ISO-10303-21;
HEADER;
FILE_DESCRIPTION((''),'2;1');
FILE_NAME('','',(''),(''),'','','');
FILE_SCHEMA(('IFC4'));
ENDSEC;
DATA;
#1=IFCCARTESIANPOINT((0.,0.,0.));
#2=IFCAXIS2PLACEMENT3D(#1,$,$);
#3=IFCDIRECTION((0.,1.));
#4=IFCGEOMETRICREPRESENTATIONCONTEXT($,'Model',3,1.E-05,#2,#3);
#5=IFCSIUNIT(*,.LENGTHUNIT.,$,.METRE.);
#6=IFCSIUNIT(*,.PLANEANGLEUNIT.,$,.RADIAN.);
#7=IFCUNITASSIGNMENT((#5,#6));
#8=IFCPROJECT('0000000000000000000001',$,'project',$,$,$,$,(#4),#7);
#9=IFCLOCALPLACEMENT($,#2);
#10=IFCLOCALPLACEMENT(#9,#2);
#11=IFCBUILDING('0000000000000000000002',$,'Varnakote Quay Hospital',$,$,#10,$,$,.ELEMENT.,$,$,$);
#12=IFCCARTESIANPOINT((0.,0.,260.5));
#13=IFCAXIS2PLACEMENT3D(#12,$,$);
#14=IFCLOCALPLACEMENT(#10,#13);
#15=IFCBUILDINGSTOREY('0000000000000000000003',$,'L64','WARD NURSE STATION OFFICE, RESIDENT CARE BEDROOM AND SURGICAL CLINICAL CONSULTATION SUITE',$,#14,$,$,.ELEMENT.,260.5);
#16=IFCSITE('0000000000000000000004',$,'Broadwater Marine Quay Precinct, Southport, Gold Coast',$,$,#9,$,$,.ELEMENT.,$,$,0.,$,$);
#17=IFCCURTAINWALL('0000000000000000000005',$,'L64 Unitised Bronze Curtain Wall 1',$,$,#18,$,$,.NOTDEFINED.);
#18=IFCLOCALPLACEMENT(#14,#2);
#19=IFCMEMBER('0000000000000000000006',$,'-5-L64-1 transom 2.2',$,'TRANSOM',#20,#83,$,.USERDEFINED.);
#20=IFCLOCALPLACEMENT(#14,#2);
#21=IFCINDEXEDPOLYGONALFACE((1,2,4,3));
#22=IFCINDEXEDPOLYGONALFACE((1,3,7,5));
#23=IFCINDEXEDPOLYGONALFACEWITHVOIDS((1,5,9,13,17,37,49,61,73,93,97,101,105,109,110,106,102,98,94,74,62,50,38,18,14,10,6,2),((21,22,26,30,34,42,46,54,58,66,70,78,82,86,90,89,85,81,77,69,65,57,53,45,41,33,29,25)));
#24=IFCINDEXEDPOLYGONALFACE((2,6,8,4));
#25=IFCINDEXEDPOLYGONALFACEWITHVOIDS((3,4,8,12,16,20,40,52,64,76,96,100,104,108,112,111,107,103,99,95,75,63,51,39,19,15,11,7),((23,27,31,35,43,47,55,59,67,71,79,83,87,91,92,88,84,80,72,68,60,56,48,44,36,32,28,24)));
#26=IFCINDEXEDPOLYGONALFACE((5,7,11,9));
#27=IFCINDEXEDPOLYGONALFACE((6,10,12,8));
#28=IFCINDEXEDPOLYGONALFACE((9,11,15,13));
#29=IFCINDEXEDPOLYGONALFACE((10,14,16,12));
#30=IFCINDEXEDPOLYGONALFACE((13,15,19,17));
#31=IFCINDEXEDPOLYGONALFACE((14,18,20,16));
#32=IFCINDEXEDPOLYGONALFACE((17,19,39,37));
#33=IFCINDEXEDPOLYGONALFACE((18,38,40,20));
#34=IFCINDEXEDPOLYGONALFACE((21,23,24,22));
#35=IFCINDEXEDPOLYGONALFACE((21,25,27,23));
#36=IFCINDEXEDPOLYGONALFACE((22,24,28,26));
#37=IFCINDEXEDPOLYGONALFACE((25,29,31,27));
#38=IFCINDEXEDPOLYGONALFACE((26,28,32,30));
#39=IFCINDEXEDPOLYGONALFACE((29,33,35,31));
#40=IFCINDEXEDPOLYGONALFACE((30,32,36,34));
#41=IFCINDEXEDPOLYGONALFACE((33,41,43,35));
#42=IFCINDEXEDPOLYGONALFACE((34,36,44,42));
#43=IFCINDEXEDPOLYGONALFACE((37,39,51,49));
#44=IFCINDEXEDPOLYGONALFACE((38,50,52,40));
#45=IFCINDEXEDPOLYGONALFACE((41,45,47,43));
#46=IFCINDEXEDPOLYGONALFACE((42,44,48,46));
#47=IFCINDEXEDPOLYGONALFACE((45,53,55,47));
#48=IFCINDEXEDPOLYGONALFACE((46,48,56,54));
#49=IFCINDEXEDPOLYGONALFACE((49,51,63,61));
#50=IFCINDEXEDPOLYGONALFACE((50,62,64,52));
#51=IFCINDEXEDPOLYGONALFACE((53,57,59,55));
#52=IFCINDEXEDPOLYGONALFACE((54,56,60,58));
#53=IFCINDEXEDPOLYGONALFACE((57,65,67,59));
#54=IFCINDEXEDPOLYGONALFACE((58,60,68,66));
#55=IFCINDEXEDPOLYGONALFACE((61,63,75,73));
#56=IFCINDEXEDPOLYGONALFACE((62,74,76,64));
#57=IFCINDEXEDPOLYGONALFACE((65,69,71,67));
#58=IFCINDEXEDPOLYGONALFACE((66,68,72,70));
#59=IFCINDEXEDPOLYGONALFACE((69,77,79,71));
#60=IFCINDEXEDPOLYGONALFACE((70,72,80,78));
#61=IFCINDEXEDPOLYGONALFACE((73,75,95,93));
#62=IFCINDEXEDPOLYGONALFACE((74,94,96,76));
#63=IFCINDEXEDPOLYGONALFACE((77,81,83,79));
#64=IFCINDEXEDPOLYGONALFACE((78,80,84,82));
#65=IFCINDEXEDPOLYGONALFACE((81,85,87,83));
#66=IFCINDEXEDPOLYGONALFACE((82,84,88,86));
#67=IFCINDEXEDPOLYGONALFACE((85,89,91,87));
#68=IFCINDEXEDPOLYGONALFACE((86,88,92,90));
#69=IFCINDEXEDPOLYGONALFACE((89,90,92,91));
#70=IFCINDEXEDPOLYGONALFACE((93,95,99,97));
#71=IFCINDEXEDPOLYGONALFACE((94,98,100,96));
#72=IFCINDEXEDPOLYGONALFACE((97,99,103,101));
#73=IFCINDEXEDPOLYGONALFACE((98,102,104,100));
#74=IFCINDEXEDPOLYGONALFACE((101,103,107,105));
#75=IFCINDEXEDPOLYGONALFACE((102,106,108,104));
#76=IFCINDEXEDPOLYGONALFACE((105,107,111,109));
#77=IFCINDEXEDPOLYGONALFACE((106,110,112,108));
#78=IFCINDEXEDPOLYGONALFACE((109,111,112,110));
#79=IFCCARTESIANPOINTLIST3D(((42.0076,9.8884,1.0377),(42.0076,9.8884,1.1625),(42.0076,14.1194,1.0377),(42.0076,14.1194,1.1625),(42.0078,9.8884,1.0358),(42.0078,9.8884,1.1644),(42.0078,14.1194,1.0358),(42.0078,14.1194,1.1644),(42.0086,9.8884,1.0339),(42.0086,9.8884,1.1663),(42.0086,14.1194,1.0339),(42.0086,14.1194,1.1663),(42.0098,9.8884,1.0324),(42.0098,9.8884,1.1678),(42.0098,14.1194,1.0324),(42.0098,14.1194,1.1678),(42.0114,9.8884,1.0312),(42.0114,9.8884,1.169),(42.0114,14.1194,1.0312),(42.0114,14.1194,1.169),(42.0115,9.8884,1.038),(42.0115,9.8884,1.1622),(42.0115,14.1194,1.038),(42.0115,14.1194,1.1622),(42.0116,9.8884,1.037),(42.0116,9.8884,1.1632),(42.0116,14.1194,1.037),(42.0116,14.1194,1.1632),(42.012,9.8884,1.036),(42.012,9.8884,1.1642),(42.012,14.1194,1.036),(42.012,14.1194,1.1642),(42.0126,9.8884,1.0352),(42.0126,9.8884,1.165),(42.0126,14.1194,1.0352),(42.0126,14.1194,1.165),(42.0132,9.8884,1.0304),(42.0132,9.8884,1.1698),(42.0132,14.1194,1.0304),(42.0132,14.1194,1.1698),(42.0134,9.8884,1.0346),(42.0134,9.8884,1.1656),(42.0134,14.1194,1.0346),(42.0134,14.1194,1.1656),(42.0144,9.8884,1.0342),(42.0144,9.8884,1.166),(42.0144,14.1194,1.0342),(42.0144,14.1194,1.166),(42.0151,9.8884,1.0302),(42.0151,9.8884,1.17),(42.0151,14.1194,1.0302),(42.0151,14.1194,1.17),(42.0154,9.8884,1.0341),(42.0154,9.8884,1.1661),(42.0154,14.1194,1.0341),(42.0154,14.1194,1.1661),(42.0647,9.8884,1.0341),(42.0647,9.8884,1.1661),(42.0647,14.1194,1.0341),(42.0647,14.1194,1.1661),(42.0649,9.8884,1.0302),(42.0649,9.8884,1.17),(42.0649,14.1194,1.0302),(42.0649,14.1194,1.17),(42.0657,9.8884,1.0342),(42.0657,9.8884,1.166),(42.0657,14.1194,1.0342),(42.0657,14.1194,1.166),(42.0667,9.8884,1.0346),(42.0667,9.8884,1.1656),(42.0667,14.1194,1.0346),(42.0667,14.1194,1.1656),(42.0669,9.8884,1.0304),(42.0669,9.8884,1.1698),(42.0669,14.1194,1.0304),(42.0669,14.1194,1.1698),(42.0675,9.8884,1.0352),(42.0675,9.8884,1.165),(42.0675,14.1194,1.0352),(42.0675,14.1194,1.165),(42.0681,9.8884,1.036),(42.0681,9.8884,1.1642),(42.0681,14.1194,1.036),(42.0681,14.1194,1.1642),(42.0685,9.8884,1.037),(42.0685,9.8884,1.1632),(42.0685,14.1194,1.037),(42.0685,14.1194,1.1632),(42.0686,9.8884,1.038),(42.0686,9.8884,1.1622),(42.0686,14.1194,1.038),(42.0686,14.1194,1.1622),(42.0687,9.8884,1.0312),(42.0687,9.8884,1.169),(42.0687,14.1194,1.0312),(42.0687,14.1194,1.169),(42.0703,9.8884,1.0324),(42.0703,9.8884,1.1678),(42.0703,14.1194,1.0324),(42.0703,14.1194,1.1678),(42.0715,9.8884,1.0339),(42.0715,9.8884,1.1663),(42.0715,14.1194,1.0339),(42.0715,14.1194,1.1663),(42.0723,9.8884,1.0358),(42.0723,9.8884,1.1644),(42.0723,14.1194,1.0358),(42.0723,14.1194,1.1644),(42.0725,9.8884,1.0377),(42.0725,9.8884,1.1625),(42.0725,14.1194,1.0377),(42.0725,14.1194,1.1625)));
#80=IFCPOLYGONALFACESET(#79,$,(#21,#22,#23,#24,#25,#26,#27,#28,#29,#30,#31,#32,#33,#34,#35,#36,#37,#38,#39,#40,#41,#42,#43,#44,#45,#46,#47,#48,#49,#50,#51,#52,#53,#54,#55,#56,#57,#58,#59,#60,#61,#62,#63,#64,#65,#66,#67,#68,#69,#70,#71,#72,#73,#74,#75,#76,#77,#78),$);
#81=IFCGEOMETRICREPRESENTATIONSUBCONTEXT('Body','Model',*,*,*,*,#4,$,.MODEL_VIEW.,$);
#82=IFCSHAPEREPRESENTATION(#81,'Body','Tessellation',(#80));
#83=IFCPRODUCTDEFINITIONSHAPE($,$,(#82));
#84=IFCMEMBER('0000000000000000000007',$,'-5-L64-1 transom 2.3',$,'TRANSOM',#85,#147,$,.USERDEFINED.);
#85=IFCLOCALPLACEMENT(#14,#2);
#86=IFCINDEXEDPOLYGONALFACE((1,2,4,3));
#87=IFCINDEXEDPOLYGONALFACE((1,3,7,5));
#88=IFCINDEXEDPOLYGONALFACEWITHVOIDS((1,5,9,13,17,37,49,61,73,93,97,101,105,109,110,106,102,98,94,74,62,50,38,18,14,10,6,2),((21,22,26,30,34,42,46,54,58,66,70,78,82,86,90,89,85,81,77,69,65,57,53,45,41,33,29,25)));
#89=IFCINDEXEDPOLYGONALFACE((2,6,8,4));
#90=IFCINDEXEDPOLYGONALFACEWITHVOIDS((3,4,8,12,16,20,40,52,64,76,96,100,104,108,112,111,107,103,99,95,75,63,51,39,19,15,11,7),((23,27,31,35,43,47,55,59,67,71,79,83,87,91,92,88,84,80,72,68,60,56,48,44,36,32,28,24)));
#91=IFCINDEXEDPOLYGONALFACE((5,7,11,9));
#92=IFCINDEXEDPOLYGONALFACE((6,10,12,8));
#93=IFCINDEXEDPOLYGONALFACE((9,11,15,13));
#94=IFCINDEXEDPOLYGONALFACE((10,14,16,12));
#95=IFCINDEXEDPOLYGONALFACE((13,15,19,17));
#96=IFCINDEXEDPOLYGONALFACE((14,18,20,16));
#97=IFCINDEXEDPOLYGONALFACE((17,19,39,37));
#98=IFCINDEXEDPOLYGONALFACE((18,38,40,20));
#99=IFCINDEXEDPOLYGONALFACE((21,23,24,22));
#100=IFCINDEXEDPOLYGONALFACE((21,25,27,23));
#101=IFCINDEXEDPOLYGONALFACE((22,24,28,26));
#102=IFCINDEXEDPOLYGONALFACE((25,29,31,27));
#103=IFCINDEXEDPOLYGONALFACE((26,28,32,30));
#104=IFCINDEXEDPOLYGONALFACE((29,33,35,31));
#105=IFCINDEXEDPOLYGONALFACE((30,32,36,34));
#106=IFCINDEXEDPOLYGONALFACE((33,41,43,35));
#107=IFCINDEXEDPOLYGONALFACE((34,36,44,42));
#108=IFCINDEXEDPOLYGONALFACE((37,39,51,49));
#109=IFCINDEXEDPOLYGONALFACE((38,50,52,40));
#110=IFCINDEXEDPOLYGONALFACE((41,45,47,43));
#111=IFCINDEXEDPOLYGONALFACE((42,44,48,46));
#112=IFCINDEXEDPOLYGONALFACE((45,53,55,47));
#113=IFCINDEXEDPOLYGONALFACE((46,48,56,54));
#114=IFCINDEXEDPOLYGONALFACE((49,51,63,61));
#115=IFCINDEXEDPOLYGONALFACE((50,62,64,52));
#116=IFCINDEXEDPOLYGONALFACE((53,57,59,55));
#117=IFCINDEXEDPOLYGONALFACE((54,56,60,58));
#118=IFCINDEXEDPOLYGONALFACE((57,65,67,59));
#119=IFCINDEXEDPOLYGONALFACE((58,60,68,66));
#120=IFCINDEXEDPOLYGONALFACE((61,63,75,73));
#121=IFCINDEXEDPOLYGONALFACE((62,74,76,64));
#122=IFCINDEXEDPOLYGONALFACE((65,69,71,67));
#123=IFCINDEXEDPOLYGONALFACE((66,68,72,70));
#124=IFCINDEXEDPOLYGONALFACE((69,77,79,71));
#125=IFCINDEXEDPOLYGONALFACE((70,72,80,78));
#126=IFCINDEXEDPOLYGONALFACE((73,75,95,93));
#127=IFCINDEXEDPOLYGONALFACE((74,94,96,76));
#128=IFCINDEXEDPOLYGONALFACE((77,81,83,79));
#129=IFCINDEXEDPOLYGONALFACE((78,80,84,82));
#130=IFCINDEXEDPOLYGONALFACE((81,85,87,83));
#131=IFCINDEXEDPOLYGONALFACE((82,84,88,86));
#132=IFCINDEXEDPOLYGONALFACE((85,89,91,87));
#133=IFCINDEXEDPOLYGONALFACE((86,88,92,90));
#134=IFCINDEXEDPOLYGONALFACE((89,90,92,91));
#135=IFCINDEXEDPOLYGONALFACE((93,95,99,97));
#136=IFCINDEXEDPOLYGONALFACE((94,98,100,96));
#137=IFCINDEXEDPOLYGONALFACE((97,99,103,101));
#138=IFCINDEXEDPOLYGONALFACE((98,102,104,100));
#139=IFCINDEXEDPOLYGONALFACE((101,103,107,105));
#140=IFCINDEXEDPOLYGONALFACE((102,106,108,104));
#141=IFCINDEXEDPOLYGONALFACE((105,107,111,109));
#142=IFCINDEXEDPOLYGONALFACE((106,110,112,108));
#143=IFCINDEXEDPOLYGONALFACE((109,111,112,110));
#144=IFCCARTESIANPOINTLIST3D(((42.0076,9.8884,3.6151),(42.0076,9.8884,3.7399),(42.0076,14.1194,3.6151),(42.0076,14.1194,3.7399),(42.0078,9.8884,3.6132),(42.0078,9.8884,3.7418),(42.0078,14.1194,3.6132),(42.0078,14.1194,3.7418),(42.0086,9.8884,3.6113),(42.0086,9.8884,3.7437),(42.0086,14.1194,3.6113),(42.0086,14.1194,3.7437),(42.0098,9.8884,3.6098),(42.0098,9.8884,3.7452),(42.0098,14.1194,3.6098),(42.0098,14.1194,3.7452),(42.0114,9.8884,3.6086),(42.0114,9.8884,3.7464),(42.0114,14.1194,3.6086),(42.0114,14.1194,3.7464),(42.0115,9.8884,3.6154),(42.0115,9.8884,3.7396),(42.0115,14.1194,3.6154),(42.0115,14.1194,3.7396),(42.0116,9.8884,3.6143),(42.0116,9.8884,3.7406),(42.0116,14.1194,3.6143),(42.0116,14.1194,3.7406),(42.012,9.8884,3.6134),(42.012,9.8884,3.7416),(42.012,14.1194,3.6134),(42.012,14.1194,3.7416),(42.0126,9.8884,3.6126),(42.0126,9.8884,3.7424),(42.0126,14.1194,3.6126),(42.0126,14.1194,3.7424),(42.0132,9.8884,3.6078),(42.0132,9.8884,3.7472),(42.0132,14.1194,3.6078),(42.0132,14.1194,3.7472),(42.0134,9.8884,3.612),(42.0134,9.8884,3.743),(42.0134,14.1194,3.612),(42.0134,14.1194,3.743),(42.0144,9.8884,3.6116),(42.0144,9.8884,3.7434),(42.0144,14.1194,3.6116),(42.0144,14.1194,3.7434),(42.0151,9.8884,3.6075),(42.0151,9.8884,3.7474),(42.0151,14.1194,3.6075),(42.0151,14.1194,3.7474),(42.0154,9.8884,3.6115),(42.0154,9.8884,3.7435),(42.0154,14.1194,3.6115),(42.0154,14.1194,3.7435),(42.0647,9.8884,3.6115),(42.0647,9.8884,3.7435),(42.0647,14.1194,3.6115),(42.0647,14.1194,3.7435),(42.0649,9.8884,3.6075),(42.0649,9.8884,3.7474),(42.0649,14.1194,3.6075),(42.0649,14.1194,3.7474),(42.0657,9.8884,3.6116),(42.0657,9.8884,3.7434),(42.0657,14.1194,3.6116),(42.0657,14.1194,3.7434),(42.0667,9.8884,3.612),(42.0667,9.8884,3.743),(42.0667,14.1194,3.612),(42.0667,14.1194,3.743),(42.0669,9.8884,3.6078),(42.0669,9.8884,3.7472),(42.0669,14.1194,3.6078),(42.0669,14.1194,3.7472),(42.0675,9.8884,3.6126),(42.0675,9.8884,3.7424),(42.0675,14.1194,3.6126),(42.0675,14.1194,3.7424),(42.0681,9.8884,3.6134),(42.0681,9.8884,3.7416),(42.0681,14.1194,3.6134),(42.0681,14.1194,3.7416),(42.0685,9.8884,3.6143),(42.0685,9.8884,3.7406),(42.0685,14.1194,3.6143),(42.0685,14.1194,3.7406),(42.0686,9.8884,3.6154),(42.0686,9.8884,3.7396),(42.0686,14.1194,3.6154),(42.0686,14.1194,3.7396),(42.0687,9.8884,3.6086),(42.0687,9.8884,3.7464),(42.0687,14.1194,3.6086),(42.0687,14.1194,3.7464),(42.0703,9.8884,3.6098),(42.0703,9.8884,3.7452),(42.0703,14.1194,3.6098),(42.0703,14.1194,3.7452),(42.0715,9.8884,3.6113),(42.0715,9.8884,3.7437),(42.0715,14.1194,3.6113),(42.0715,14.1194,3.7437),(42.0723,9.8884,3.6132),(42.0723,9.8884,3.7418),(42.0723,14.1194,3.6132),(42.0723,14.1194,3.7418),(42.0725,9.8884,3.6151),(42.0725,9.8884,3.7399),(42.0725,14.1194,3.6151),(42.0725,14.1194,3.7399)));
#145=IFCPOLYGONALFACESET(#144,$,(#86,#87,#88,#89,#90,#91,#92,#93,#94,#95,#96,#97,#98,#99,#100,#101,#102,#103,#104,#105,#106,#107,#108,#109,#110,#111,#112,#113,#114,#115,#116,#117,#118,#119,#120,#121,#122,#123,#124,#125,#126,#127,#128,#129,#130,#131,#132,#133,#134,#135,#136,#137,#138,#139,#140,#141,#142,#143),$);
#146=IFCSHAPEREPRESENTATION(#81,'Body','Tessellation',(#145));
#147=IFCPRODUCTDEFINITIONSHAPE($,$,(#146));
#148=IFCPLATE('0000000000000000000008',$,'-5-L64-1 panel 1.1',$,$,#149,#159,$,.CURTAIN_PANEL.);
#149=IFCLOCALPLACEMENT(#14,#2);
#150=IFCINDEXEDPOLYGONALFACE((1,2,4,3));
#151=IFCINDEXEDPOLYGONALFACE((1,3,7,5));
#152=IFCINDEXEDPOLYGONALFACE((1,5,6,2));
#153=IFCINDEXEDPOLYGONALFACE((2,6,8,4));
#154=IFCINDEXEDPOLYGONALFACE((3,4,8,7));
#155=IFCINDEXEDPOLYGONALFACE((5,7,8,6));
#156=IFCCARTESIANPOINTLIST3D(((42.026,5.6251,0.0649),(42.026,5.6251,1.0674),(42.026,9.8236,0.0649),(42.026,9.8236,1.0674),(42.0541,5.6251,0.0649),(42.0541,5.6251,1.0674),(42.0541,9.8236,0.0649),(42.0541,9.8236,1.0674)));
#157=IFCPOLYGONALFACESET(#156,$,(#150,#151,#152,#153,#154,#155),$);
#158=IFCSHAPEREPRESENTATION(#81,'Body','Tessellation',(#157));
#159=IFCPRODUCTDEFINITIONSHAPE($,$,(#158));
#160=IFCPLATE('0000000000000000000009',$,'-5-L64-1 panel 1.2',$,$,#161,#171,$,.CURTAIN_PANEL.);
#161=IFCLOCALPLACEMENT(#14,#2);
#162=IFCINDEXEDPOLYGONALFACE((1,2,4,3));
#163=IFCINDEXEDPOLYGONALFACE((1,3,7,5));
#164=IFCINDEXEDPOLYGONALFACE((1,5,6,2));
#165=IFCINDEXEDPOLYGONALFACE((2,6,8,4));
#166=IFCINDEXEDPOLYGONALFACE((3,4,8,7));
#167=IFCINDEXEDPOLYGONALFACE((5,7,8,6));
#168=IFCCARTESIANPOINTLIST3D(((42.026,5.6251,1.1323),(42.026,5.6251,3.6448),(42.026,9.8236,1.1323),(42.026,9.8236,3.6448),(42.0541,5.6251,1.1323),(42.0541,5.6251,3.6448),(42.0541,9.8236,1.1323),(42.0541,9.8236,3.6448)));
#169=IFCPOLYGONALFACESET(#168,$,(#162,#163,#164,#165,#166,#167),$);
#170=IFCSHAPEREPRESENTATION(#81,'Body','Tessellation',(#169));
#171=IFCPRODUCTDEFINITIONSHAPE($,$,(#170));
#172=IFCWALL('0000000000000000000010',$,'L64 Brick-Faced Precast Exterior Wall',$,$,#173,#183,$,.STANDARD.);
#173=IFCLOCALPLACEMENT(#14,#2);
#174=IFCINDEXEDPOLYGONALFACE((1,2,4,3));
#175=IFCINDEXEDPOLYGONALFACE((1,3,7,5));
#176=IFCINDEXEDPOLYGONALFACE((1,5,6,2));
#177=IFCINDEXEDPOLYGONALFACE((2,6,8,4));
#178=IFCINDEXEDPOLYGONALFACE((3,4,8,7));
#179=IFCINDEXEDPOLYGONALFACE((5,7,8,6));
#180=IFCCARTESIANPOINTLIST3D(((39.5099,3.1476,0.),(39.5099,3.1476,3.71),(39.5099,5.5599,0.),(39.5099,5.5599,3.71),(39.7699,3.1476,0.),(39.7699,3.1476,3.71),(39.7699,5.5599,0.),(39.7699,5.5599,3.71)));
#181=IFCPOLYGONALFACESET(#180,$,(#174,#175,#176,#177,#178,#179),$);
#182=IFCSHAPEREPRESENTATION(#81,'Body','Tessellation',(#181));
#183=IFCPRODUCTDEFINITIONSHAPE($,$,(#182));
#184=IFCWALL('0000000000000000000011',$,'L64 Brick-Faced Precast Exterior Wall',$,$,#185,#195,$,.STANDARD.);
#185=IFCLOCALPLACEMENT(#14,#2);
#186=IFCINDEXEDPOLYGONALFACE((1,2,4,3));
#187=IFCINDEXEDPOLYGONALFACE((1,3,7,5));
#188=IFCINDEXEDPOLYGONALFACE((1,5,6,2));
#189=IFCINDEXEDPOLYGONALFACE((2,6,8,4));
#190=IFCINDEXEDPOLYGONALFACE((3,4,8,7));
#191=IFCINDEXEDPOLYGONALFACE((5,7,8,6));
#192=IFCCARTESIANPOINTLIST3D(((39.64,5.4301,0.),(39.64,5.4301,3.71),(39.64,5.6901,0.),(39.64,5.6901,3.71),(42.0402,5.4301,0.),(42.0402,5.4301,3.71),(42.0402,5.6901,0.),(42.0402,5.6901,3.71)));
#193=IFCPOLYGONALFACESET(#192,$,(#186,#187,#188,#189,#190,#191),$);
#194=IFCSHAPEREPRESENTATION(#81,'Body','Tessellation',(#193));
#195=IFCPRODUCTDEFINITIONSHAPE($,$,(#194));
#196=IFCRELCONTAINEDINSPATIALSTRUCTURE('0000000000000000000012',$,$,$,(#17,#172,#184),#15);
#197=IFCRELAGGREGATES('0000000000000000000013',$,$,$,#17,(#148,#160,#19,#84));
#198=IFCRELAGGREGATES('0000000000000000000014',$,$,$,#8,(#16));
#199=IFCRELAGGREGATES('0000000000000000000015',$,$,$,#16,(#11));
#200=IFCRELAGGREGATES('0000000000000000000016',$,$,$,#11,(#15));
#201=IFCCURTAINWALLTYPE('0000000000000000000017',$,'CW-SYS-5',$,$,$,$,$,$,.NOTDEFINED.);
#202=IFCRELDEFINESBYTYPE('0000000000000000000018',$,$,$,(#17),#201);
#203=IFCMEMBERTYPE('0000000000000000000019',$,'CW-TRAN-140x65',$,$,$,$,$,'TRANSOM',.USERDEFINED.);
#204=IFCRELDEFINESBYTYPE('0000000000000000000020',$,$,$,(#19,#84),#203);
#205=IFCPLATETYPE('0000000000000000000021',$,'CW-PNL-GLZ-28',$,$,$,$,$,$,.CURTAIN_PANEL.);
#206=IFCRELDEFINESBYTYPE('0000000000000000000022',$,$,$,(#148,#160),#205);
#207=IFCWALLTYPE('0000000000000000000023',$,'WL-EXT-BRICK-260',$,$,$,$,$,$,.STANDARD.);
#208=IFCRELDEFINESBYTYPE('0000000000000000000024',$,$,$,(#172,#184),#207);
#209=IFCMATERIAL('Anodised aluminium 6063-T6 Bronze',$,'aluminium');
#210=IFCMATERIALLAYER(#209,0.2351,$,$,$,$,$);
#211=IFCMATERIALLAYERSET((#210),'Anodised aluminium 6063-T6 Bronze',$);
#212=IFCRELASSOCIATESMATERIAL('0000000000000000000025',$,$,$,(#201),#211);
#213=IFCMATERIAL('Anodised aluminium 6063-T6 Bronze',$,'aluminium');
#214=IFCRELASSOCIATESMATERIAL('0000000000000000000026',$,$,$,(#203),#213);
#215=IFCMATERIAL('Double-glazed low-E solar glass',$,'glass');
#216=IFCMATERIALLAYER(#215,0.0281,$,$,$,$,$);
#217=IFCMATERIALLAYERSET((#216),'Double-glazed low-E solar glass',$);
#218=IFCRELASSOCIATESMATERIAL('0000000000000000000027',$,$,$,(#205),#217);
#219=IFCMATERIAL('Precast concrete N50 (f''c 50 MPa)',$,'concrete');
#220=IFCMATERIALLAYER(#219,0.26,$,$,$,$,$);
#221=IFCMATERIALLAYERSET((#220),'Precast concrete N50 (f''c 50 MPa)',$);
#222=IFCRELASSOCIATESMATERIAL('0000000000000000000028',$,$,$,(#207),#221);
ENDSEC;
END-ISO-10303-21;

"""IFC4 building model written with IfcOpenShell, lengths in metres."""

from ifc_helpers import new_model, si_unit, direction, frame, frame_2d, origin, origin_2d, place, context, subcontext, project, spatial, rectangle, hollow_rectangle, extrude, material, layer, layer_set, material_profile, profile_set, type_object, element, aggregate, save


model = new_model("IFC4")

# Units and contexts
model_context = context("Model", 3, precision=1e-05, world=origin(), true_north=direction((0.0, 1.0)))
body_context = subcontext(model_context, "Body", "Model", "MODEL_VIEW")
ifc_project = project(units=[si_unit("LENGTHUNIT", "METRE"), si_unit("PLANEANGLEUNIT", "RADIAN")], contexts=[model_context])

# Site, building, storey
site_placement = place(None, origin())
site = spatial("IfcSite", under=ifc_project, at=site_placement, Name="Broadwater Marine Quay Precinct, Southport, Gold Coast", CompositionType="ELEMENT", RefElevation=0.0)
building_placement = place(site_placement, origin())
building = spatial("IfcBuilding", under=site, at=building_placement, Name="Varnakote Quay Hospital", CompositionType="ELEMENT")
storey_placement = place(building_placement, frame((0.0, 0.0, 260.5)))
storey = spatial("IfcBuildingStorey", under=building, at=storey_placement, Name="L64", Description="WARD NURSE STATION OFFICE, RESIDENT CARE BEDROOM AND SURGICAL CLINICAL CONSULTATION SUITE", CompositionType="ELEMENT", Elevation=260.5)

# Curtain wall, members, plates
ifc_material_1 = material(Name="Anodised aluminium 6063-T6 Bronze", Category="aluminium")
ifc_layer_1 = layer(ifc_material_1, 0.2351)
ifc_layer_set_1 = layer_set([ifc_layer_1], Name="Anodised aluminium 6063-T6 Bronze")
curtain_wall_type = type_object("IfcCurtainWallType", Name="CW-SYS-5", PredefinedType="NOTDEFINED", material=ifc_layer_set_1)
curtain_wall_placement = place(storey_placement, origin())
curtain_wall = element("IfcCurtainWall", 1, at=curtain_wall_placement, inside=storey, type_object=curtain_wall_type, Name="L64 Unitised Bronze Curtain Wall 1", PredefinedType="NOTDEFINED")
ifc_material_2 = material(Name="Anodised aluminium 6063-T6 Bronze", Category="aluminium")
ifc_material_profile_1 = material_profile(ifc_material_2, hollow_rectangle(XDim=0.0649, YDim=0.1399, WallThickness=0.0039, InnerFilletRadius=0.0039, OuterFilletRadius=0.0076, at=origin_2d()), Name="CW-TRAN-140x65")
ifc_profile_set_1 = profile_set([ifc_material_profile_1], Name="Anodised aluminium 6063-T6 Bronze")
member_type_1 = type_object("IfcMemberType", Name="CW-TRAN-140x65", ElementType="TRANSOM", PredefinedType="USERDEFINED", material=ifc_profile_set_1)
member_1_placement = place(storey_placement, frame((42.04, 9.8884, 1.1001), z_axis=(0.0, 1.0, 0.0), x_axis=(-1.0, 0.0, 0.0)))
member_1 = element("IfcMember", 2, at=member_1_placement, type_object=member_type_1, Name="-5-L64-1 transom 2.2", ObjectType="TRANSOM", PredefinedType="USERDEFINED", context=body_context, shape_type="SweptSolid", body=[
    extrude(hollow_rectangle(XDim=0.0649, YDim=0.1399, WallThickness=0.0039, InnerFilletRadius=0.0039, OuterFilletRadius=0.0076, at=origin_2d()), origin(), (0.0, 0.0, 1.0), 4.231),
])
member_2_placement = place(storey_placement, frame((42.04, 9.8884, 3.6775), z_axis=(0.0, 1.0, 0.0), x_axis=(-1.0, 0.0, 0.0)))
member_2 = element("IfcMember", 3, at=member_2_placement, type_object=member_type_1, Name="-5-L64-1 transom 2.3", ObjectType="TRANSOM", PredefinedType="USERDEFINED", context=body_context, shape_type="SweptSolid", body=[
    extrude(hollow_rectangle(XDim=0.0649, YDim=0.1399, WallThickness=0.0039, InnerFilletRadius=0.0039, OuterFilletRadius=0.0076, at=origin_2d()), origin(), (0.0, 0.0, 1.0), 4.231),
])
ifc_material_3 = material(Name="Double-glazed low-E solar glass", Category="glass")
ifc_layer_2 = layer(ifc_material_3, 0.0281)
ifc_layer_set_2 = layer_set([ifc_layer_2], Name="Double-glazed low-E solar glass")
plate_type = type_object("IfcPlateType", Name="CW-PNL-GLZ-28", PredefinedType="CURTAIN_PANEL", material=ifc_layer_set_2)
plate_1_placement = place(storey_placement, frame((42.04, 7.7244, 0.0649), z_axis=(0.0, 0.0, 1.0), x_axis=(0.0, 1.0, 0.0)))
plate_1 = element("IfcPlate", 4, at=plate_1_placement, type_object=plate_type, Name="-5-L64-1 panel 1.1", PredefinedType="CURTAIN_PANEL", context=body_context, shape_type="SweptSolid", body=[
    extrude(rectangle(XDim=4.1985, YDim=0.0281, at=origin_2d()), origin(), (0.0, 0.0, 1.0), 1.0024),
])
plate_2_placement = place(storey_placement, frame((42.04, 7.7244, 1.1323), z_axis=(0.0, 0.0, 1.0), x_axis=(0.0, 1.0, 0.0)))
plate_2 = element("IfcPlate", 5, at=plate_2_placement, type_object=plate_type, Name="-5-L64-1 panel 1.2", PredefinedType="CURTAIN_PANEL", context=body_context, shape_type="SweptSolid", body=[
    extrude(rectangle(XDim=4.1985, YDim=0.0281, at=origin_2d()), origin(), (0.0, 0.0, 1.0), 2.5125),
])
aggregate(curtain_wall, [plate_1, plate_2, member_1, member_2])

# Walls
ifc_material_4 = material(Name="Precast concrete N50 (f'c 50 MPa)", Category="concrete")
ifc_layer_3 = layer(ifc_material_4, 0.26)
ifc_layer_set_3 = layer_set([ifc_layer_3], Name="Precast concrete N50 (f'c 50 MPa)")
wall_type_1 = type_object("IfcWallType", Name="WL-EXT-BRICK-260", PredefinedType="STANDARD", material=ifc_layer_set_3)
wall_1_placement = place(storey_placement, frame((39.6399, 3.1477, 0.0), z_axis=(0.0, 0.0, 1.0), x_axis=(0.0, 1.0, 0.0)))
element("IfcWall", 6, at=wall_1_placement, inside=storey, type_object=wall_type_1, Name="L64 Brick-Faced Precast Exterior Wall", PredefinedType="STANDARD", context=body_context, shape_type="SweptSolid", body=[
    extrude(rectangle(XDim=2.4124, YDim=0.26, at=frame_2d((1.2061, 0.0))), origin(), (0.0, 0.0, 1.0), 3.71),
])
wall_2_placement = place(storey_placement, frame((39.6399, 5.5601, 0.0), z_axis=(0.0, 0.0, 1.0), x_axis=(1.0, 0.0, 0.0)))
element("IfcWall", 7, at=wall_2_placement, inside=storey, type_object=wall_type_1, Name="L64 Brick-Faced Precast Exterior Wall", PredefinedType="STANDARD", context=body_context, shape_type="SweptSolid", body=[
    extrude(rectangle(XDim=2.4001, YDim=0.26, at=frame_2d((1.2002, 0.0))), origin(), (0.0, 0.0, 1.0), 3.71),
])

save(model, "model.ifc")
